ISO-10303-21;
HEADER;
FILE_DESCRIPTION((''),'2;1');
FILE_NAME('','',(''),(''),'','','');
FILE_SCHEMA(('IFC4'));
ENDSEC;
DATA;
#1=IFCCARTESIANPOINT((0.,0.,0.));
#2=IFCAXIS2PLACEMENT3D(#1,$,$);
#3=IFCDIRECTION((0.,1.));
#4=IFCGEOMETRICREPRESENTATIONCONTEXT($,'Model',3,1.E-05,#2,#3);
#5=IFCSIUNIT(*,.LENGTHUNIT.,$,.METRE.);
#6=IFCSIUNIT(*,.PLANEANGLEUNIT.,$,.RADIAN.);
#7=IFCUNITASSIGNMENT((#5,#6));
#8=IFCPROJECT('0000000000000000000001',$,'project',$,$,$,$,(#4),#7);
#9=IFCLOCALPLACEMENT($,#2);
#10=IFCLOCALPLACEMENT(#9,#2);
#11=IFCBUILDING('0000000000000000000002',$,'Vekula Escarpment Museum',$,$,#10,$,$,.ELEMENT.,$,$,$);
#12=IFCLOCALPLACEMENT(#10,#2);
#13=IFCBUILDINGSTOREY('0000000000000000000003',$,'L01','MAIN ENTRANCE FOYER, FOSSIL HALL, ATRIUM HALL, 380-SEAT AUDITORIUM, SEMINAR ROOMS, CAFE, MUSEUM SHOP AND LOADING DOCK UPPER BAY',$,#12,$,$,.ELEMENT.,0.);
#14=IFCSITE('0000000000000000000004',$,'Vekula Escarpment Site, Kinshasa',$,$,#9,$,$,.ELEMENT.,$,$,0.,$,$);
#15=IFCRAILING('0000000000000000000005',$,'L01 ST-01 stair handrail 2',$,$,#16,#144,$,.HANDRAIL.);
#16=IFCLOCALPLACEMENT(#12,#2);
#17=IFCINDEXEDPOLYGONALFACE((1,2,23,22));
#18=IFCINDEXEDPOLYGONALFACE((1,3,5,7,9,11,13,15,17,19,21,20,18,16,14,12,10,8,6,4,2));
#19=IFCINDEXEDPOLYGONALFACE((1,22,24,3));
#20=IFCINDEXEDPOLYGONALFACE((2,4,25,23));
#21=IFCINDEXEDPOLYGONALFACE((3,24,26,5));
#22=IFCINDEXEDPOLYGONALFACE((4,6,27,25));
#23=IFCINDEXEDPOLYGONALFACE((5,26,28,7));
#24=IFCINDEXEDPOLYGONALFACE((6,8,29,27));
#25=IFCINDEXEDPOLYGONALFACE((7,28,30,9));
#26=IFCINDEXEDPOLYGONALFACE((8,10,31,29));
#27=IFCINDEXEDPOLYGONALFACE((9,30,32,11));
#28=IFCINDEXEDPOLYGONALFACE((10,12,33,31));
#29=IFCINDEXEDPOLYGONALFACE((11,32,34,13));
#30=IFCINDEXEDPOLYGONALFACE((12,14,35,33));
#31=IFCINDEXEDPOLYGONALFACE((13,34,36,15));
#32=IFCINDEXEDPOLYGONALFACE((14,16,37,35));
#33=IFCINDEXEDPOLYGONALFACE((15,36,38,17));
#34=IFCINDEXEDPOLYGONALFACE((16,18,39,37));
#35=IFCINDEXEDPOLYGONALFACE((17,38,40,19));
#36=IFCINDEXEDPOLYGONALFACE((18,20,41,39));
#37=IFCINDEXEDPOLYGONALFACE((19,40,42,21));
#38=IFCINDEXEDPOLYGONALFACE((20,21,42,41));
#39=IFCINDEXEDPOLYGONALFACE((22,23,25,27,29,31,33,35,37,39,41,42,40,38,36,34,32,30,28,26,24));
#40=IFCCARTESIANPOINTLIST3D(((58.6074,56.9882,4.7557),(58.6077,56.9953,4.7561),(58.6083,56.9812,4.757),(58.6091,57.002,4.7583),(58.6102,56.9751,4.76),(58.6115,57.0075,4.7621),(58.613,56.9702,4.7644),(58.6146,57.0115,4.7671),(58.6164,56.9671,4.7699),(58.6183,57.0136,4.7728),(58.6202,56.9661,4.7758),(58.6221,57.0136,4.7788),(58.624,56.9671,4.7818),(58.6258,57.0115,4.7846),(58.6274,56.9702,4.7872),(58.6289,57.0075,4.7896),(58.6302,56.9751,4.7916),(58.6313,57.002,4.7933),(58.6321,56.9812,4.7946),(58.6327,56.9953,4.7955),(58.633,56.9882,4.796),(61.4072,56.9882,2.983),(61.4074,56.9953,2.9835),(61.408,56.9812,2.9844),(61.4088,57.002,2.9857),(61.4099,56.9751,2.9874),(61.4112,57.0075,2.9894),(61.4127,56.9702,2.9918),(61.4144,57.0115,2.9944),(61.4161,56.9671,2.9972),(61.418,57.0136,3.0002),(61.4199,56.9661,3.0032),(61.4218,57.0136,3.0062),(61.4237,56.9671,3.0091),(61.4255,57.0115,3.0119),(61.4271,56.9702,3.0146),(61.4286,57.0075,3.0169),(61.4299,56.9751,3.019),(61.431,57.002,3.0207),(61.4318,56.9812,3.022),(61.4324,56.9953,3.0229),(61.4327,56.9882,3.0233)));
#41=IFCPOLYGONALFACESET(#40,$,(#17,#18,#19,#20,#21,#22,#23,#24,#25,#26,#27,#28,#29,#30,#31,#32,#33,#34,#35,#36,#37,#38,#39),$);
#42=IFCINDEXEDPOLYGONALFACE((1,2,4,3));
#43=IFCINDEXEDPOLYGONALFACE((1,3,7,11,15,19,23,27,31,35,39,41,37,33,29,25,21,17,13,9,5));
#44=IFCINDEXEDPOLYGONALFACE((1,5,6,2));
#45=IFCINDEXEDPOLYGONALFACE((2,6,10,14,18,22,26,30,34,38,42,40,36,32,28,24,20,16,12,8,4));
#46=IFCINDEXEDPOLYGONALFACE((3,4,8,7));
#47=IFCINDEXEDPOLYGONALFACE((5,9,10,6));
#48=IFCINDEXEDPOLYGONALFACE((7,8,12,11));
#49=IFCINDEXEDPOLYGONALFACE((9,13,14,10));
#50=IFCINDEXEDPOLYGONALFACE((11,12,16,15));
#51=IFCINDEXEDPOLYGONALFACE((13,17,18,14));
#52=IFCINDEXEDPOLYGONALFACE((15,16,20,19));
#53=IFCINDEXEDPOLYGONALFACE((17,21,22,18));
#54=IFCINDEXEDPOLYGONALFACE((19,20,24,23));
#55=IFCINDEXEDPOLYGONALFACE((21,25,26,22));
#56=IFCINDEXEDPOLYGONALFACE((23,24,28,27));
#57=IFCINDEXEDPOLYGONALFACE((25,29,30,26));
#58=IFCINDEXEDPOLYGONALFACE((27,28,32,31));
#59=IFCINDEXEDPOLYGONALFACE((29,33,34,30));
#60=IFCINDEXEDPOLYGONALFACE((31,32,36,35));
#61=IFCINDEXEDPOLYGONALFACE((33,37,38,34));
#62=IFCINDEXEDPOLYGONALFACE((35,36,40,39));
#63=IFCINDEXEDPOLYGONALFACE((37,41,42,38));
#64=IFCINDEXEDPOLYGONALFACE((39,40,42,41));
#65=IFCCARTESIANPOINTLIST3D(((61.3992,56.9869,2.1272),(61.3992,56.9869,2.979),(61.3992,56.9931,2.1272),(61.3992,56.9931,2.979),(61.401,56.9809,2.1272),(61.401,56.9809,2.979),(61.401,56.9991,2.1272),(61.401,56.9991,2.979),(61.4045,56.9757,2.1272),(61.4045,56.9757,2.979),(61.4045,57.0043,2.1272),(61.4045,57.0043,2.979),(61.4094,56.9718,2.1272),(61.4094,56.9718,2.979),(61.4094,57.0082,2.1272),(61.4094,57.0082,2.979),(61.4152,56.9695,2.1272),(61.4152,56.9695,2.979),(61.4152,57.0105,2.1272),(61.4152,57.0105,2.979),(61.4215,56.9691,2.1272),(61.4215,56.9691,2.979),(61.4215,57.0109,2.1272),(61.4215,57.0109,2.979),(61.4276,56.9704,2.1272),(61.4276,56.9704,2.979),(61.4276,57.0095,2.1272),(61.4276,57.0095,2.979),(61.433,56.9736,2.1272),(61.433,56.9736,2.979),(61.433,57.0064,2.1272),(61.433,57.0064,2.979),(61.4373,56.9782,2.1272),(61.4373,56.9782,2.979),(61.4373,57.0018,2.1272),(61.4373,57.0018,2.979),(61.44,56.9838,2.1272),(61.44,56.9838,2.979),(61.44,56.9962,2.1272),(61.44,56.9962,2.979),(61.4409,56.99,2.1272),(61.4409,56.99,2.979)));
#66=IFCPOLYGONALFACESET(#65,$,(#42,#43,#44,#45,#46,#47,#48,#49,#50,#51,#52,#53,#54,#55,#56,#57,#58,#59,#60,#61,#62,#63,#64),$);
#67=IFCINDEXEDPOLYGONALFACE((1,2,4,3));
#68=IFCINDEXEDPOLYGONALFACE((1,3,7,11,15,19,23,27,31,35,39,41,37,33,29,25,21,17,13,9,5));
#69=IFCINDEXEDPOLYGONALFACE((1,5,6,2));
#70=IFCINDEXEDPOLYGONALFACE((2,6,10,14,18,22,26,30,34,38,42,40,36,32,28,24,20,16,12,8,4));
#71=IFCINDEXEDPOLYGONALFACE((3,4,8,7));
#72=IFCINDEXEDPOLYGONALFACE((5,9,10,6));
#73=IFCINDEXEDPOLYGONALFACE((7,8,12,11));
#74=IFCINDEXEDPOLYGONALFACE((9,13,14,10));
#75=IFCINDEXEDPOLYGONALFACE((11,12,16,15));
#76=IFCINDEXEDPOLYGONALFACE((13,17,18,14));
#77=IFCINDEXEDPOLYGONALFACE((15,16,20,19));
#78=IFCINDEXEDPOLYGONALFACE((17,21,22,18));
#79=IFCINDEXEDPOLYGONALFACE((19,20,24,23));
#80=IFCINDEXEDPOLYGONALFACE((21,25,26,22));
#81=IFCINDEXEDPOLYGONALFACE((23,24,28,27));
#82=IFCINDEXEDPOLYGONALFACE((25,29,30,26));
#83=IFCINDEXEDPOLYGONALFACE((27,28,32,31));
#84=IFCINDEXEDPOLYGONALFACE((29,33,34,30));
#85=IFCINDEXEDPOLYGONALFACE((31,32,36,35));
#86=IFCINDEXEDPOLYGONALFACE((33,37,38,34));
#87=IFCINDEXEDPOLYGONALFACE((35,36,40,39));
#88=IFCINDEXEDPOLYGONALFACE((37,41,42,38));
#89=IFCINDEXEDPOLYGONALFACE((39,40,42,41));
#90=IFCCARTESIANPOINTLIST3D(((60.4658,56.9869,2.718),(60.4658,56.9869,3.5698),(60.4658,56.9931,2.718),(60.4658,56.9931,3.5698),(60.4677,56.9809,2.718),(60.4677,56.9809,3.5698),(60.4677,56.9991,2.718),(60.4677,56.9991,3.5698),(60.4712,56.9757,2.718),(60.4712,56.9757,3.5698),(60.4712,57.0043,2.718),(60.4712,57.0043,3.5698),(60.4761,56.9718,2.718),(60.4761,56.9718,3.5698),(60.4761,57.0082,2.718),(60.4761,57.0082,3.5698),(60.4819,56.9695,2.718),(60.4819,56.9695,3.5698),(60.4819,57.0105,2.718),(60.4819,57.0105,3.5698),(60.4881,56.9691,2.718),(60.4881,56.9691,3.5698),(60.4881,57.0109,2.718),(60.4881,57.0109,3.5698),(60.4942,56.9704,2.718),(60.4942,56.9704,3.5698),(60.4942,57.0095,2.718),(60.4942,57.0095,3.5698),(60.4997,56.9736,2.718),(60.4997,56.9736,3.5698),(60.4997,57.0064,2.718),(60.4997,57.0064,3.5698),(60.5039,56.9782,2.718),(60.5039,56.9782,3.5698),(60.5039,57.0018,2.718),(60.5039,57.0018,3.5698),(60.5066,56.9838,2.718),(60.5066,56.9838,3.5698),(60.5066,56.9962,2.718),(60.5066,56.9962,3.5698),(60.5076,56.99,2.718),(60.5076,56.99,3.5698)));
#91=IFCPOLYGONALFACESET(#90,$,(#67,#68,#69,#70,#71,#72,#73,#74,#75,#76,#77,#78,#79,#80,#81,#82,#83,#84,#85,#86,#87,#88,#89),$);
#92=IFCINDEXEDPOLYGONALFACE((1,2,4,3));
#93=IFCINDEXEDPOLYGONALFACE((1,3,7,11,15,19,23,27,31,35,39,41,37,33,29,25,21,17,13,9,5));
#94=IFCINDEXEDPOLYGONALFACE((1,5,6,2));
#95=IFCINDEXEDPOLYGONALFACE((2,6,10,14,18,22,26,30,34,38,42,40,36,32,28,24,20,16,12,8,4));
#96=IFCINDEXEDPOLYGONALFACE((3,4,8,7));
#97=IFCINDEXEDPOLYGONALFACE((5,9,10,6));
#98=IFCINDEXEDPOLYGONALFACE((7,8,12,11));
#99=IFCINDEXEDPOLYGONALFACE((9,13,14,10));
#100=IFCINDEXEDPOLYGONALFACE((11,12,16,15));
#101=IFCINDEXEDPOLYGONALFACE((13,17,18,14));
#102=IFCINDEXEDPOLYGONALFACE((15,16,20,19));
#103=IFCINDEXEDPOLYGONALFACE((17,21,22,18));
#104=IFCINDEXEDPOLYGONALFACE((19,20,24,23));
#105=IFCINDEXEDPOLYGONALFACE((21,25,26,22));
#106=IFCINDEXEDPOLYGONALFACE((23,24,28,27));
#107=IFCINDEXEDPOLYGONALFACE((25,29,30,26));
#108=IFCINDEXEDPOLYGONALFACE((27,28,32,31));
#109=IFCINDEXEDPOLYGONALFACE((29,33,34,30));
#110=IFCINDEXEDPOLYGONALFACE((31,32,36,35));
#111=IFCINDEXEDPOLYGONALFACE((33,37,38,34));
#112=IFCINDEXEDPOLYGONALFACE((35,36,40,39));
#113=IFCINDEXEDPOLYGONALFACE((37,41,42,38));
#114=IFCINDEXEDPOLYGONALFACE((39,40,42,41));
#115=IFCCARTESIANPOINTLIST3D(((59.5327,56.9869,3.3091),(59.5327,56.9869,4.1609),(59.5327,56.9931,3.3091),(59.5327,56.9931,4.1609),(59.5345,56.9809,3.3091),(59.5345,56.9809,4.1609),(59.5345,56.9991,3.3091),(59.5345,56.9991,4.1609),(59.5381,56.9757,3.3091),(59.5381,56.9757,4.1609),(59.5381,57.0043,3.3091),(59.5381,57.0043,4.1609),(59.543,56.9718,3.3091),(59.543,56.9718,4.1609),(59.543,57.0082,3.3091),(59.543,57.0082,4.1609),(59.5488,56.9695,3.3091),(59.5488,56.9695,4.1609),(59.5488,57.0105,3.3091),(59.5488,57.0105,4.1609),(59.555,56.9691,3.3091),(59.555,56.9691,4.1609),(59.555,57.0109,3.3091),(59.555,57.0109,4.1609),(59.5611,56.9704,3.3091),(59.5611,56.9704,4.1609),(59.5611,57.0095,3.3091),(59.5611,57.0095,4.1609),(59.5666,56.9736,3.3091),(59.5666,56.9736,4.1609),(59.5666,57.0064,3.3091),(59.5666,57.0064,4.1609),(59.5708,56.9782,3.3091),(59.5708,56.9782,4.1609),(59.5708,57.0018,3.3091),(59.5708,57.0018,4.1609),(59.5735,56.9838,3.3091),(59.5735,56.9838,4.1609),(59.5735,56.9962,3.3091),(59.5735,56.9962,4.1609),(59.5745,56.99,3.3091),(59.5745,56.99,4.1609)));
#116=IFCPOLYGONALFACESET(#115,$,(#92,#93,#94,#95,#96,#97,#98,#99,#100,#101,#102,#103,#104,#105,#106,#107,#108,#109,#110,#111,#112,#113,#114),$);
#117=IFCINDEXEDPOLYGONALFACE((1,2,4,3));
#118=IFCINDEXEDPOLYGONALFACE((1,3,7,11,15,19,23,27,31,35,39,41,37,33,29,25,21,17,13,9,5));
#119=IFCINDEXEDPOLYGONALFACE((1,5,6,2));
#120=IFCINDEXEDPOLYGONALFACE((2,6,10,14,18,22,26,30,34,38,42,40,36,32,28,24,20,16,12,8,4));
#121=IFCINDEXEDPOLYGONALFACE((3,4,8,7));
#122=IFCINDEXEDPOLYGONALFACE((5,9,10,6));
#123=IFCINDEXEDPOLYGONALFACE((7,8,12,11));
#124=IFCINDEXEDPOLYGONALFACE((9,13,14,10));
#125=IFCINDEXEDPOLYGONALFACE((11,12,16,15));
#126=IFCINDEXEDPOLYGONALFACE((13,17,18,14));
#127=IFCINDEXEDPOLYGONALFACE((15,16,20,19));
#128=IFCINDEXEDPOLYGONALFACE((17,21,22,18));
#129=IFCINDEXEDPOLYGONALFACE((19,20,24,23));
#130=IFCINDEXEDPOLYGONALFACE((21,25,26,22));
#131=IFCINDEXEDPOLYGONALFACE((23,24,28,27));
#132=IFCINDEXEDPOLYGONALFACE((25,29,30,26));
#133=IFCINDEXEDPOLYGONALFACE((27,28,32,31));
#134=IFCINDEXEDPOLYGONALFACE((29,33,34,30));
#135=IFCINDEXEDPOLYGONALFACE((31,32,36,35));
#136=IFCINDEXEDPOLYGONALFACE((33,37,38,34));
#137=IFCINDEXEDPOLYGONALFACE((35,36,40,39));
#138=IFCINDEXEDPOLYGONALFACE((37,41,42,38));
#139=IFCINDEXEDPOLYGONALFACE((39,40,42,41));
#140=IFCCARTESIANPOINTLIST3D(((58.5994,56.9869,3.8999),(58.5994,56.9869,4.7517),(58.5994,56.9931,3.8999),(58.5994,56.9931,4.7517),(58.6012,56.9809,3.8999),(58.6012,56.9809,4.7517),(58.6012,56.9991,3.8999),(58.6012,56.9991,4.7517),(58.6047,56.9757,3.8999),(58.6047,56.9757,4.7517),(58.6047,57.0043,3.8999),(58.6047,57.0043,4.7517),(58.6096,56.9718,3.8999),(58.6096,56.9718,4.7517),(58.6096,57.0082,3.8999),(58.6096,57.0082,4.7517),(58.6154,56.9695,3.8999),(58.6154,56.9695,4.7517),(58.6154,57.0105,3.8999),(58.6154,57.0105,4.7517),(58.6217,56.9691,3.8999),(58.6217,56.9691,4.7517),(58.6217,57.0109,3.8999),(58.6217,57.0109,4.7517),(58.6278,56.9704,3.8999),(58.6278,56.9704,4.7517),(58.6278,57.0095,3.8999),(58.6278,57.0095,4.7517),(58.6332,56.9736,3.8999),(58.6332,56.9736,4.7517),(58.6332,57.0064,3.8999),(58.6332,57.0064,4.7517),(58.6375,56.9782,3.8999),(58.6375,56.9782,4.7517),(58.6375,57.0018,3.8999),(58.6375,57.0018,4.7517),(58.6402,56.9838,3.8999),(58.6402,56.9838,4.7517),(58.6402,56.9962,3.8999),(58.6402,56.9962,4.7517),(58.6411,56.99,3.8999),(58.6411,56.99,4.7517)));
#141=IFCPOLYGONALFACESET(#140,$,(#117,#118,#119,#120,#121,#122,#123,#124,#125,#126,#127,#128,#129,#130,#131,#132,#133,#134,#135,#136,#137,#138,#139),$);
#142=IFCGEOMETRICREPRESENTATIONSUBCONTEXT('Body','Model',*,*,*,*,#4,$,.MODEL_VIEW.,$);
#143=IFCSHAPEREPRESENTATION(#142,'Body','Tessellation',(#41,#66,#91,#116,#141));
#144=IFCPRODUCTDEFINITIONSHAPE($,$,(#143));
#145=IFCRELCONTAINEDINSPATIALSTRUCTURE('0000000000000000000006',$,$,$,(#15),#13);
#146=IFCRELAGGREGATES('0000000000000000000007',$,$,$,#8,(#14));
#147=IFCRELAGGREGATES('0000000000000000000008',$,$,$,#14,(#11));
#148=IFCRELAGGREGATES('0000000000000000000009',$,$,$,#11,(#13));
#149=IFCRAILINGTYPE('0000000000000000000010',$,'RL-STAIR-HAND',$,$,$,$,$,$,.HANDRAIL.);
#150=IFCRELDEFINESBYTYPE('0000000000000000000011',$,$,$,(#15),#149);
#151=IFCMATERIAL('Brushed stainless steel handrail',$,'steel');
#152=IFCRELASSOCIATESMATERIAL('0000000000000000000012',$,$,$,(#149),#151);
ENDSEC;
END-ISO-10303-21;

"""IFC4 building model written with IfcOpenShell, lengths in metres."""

from ifc_helpers import new_model, si_unit, direction, frame, origin, origin_2d, place, context, subcontext, project, spatial, circle, extrude, material, type_object, element, save


model = new_model("IFC4")

# Units and contexts
model_context = context("Model", 3, precision=1e-05, world=origin(), true_north=direction((0.0, 1.0)))
body_context = subcontext(model_context, "Body", "Model", "MODEL_VIEW")
ifc_project = project(units=[si_unit("LENGTHUNIT", "METRE"), si_unit("PLANEANGLEUNIT", "RADIAN")], contexts=[model_context])

# Site, building, storey
site_placement = place(None, origin())
site = spatial("IfcSite", under=ifc_project, at=site_placement, Name="Vekula Escarpment Site, Kinshasa", CompositionType="ELEMENT", RefElevation=0.0)
building_placement = place(site_placement, origin())
building = spatial("IfcBuilding", under=site, at=building_placement, Name="Vekula Escarpment Museum", CompositionType="ELEMENT")
storey_placement = place(building_placement, origin())
storey = spatial("IfcBuildingStorey", under=building, at=storey_placement, Name="L01", Description="MAIN ENTRANCE FOYER, FOSSIL HALL, ATRIUM HALL, 380-SEAT AUDITORIUM, SEMINAR ROOMS, CAFE, MUSEUM SHOP AND LOADING DOCK UPPER BAY", CompositionType="ELEMENT", Elevation=0.0)

# Railing
ifc_material_1 = material(Name="Brushed stainless steel handrail", Category="steel")
railing_type_1 = type_object("IfcRailingType", Name="RL-STAIR-HAND", PredefinedType="HANDRAIL", material=ifc_material_1)
railing_1_placement = place(storey_placement, frame((61.4199, 56.99, 2.1272)))
element("IfcRailing", 1, at=railing_1_placement, inside=storey, type_object=railing_type_1, Name="L01 ST-01 stair handrail 2", PredefinedType="HANDRAIL", context=body_context, shape_type="SweptSolid", body=[
    extrude(circle(Radius=0.0239, at=origin_2d()), frame((0.0, 0.0, 0.876), z_axis=(-0.844888, 0.0, 0.534943), x_axis=(0.0, -1.0, 0.0)), (0.0, 0.0, 1.0), 3.3137),
    extrude(circle(Radius=0.021, at=origin_2d()), origin(), (0.0, 0.0, 1.0), 0.8518),
    extrude(circle(Radius=0.021, at=origin_2d()), frame((-0.9333, 0.0, 0.5908)), (0.0, 0.0, 1.0), 0.8518),
    extrude(circle(Radius=0.021, at=origin_2d()), frame((-1.8665, 0.0, 1.1819)), (0.0, 0.0, 1.0), 0.8518),
    extrude(circle(Radius=0.021, at=origin_2d()), frame((-2.7998, 0.0, 1.7727)), (0.0, 0.0, 1.0), 0.8518),
])

save(model, "model.ifc")
